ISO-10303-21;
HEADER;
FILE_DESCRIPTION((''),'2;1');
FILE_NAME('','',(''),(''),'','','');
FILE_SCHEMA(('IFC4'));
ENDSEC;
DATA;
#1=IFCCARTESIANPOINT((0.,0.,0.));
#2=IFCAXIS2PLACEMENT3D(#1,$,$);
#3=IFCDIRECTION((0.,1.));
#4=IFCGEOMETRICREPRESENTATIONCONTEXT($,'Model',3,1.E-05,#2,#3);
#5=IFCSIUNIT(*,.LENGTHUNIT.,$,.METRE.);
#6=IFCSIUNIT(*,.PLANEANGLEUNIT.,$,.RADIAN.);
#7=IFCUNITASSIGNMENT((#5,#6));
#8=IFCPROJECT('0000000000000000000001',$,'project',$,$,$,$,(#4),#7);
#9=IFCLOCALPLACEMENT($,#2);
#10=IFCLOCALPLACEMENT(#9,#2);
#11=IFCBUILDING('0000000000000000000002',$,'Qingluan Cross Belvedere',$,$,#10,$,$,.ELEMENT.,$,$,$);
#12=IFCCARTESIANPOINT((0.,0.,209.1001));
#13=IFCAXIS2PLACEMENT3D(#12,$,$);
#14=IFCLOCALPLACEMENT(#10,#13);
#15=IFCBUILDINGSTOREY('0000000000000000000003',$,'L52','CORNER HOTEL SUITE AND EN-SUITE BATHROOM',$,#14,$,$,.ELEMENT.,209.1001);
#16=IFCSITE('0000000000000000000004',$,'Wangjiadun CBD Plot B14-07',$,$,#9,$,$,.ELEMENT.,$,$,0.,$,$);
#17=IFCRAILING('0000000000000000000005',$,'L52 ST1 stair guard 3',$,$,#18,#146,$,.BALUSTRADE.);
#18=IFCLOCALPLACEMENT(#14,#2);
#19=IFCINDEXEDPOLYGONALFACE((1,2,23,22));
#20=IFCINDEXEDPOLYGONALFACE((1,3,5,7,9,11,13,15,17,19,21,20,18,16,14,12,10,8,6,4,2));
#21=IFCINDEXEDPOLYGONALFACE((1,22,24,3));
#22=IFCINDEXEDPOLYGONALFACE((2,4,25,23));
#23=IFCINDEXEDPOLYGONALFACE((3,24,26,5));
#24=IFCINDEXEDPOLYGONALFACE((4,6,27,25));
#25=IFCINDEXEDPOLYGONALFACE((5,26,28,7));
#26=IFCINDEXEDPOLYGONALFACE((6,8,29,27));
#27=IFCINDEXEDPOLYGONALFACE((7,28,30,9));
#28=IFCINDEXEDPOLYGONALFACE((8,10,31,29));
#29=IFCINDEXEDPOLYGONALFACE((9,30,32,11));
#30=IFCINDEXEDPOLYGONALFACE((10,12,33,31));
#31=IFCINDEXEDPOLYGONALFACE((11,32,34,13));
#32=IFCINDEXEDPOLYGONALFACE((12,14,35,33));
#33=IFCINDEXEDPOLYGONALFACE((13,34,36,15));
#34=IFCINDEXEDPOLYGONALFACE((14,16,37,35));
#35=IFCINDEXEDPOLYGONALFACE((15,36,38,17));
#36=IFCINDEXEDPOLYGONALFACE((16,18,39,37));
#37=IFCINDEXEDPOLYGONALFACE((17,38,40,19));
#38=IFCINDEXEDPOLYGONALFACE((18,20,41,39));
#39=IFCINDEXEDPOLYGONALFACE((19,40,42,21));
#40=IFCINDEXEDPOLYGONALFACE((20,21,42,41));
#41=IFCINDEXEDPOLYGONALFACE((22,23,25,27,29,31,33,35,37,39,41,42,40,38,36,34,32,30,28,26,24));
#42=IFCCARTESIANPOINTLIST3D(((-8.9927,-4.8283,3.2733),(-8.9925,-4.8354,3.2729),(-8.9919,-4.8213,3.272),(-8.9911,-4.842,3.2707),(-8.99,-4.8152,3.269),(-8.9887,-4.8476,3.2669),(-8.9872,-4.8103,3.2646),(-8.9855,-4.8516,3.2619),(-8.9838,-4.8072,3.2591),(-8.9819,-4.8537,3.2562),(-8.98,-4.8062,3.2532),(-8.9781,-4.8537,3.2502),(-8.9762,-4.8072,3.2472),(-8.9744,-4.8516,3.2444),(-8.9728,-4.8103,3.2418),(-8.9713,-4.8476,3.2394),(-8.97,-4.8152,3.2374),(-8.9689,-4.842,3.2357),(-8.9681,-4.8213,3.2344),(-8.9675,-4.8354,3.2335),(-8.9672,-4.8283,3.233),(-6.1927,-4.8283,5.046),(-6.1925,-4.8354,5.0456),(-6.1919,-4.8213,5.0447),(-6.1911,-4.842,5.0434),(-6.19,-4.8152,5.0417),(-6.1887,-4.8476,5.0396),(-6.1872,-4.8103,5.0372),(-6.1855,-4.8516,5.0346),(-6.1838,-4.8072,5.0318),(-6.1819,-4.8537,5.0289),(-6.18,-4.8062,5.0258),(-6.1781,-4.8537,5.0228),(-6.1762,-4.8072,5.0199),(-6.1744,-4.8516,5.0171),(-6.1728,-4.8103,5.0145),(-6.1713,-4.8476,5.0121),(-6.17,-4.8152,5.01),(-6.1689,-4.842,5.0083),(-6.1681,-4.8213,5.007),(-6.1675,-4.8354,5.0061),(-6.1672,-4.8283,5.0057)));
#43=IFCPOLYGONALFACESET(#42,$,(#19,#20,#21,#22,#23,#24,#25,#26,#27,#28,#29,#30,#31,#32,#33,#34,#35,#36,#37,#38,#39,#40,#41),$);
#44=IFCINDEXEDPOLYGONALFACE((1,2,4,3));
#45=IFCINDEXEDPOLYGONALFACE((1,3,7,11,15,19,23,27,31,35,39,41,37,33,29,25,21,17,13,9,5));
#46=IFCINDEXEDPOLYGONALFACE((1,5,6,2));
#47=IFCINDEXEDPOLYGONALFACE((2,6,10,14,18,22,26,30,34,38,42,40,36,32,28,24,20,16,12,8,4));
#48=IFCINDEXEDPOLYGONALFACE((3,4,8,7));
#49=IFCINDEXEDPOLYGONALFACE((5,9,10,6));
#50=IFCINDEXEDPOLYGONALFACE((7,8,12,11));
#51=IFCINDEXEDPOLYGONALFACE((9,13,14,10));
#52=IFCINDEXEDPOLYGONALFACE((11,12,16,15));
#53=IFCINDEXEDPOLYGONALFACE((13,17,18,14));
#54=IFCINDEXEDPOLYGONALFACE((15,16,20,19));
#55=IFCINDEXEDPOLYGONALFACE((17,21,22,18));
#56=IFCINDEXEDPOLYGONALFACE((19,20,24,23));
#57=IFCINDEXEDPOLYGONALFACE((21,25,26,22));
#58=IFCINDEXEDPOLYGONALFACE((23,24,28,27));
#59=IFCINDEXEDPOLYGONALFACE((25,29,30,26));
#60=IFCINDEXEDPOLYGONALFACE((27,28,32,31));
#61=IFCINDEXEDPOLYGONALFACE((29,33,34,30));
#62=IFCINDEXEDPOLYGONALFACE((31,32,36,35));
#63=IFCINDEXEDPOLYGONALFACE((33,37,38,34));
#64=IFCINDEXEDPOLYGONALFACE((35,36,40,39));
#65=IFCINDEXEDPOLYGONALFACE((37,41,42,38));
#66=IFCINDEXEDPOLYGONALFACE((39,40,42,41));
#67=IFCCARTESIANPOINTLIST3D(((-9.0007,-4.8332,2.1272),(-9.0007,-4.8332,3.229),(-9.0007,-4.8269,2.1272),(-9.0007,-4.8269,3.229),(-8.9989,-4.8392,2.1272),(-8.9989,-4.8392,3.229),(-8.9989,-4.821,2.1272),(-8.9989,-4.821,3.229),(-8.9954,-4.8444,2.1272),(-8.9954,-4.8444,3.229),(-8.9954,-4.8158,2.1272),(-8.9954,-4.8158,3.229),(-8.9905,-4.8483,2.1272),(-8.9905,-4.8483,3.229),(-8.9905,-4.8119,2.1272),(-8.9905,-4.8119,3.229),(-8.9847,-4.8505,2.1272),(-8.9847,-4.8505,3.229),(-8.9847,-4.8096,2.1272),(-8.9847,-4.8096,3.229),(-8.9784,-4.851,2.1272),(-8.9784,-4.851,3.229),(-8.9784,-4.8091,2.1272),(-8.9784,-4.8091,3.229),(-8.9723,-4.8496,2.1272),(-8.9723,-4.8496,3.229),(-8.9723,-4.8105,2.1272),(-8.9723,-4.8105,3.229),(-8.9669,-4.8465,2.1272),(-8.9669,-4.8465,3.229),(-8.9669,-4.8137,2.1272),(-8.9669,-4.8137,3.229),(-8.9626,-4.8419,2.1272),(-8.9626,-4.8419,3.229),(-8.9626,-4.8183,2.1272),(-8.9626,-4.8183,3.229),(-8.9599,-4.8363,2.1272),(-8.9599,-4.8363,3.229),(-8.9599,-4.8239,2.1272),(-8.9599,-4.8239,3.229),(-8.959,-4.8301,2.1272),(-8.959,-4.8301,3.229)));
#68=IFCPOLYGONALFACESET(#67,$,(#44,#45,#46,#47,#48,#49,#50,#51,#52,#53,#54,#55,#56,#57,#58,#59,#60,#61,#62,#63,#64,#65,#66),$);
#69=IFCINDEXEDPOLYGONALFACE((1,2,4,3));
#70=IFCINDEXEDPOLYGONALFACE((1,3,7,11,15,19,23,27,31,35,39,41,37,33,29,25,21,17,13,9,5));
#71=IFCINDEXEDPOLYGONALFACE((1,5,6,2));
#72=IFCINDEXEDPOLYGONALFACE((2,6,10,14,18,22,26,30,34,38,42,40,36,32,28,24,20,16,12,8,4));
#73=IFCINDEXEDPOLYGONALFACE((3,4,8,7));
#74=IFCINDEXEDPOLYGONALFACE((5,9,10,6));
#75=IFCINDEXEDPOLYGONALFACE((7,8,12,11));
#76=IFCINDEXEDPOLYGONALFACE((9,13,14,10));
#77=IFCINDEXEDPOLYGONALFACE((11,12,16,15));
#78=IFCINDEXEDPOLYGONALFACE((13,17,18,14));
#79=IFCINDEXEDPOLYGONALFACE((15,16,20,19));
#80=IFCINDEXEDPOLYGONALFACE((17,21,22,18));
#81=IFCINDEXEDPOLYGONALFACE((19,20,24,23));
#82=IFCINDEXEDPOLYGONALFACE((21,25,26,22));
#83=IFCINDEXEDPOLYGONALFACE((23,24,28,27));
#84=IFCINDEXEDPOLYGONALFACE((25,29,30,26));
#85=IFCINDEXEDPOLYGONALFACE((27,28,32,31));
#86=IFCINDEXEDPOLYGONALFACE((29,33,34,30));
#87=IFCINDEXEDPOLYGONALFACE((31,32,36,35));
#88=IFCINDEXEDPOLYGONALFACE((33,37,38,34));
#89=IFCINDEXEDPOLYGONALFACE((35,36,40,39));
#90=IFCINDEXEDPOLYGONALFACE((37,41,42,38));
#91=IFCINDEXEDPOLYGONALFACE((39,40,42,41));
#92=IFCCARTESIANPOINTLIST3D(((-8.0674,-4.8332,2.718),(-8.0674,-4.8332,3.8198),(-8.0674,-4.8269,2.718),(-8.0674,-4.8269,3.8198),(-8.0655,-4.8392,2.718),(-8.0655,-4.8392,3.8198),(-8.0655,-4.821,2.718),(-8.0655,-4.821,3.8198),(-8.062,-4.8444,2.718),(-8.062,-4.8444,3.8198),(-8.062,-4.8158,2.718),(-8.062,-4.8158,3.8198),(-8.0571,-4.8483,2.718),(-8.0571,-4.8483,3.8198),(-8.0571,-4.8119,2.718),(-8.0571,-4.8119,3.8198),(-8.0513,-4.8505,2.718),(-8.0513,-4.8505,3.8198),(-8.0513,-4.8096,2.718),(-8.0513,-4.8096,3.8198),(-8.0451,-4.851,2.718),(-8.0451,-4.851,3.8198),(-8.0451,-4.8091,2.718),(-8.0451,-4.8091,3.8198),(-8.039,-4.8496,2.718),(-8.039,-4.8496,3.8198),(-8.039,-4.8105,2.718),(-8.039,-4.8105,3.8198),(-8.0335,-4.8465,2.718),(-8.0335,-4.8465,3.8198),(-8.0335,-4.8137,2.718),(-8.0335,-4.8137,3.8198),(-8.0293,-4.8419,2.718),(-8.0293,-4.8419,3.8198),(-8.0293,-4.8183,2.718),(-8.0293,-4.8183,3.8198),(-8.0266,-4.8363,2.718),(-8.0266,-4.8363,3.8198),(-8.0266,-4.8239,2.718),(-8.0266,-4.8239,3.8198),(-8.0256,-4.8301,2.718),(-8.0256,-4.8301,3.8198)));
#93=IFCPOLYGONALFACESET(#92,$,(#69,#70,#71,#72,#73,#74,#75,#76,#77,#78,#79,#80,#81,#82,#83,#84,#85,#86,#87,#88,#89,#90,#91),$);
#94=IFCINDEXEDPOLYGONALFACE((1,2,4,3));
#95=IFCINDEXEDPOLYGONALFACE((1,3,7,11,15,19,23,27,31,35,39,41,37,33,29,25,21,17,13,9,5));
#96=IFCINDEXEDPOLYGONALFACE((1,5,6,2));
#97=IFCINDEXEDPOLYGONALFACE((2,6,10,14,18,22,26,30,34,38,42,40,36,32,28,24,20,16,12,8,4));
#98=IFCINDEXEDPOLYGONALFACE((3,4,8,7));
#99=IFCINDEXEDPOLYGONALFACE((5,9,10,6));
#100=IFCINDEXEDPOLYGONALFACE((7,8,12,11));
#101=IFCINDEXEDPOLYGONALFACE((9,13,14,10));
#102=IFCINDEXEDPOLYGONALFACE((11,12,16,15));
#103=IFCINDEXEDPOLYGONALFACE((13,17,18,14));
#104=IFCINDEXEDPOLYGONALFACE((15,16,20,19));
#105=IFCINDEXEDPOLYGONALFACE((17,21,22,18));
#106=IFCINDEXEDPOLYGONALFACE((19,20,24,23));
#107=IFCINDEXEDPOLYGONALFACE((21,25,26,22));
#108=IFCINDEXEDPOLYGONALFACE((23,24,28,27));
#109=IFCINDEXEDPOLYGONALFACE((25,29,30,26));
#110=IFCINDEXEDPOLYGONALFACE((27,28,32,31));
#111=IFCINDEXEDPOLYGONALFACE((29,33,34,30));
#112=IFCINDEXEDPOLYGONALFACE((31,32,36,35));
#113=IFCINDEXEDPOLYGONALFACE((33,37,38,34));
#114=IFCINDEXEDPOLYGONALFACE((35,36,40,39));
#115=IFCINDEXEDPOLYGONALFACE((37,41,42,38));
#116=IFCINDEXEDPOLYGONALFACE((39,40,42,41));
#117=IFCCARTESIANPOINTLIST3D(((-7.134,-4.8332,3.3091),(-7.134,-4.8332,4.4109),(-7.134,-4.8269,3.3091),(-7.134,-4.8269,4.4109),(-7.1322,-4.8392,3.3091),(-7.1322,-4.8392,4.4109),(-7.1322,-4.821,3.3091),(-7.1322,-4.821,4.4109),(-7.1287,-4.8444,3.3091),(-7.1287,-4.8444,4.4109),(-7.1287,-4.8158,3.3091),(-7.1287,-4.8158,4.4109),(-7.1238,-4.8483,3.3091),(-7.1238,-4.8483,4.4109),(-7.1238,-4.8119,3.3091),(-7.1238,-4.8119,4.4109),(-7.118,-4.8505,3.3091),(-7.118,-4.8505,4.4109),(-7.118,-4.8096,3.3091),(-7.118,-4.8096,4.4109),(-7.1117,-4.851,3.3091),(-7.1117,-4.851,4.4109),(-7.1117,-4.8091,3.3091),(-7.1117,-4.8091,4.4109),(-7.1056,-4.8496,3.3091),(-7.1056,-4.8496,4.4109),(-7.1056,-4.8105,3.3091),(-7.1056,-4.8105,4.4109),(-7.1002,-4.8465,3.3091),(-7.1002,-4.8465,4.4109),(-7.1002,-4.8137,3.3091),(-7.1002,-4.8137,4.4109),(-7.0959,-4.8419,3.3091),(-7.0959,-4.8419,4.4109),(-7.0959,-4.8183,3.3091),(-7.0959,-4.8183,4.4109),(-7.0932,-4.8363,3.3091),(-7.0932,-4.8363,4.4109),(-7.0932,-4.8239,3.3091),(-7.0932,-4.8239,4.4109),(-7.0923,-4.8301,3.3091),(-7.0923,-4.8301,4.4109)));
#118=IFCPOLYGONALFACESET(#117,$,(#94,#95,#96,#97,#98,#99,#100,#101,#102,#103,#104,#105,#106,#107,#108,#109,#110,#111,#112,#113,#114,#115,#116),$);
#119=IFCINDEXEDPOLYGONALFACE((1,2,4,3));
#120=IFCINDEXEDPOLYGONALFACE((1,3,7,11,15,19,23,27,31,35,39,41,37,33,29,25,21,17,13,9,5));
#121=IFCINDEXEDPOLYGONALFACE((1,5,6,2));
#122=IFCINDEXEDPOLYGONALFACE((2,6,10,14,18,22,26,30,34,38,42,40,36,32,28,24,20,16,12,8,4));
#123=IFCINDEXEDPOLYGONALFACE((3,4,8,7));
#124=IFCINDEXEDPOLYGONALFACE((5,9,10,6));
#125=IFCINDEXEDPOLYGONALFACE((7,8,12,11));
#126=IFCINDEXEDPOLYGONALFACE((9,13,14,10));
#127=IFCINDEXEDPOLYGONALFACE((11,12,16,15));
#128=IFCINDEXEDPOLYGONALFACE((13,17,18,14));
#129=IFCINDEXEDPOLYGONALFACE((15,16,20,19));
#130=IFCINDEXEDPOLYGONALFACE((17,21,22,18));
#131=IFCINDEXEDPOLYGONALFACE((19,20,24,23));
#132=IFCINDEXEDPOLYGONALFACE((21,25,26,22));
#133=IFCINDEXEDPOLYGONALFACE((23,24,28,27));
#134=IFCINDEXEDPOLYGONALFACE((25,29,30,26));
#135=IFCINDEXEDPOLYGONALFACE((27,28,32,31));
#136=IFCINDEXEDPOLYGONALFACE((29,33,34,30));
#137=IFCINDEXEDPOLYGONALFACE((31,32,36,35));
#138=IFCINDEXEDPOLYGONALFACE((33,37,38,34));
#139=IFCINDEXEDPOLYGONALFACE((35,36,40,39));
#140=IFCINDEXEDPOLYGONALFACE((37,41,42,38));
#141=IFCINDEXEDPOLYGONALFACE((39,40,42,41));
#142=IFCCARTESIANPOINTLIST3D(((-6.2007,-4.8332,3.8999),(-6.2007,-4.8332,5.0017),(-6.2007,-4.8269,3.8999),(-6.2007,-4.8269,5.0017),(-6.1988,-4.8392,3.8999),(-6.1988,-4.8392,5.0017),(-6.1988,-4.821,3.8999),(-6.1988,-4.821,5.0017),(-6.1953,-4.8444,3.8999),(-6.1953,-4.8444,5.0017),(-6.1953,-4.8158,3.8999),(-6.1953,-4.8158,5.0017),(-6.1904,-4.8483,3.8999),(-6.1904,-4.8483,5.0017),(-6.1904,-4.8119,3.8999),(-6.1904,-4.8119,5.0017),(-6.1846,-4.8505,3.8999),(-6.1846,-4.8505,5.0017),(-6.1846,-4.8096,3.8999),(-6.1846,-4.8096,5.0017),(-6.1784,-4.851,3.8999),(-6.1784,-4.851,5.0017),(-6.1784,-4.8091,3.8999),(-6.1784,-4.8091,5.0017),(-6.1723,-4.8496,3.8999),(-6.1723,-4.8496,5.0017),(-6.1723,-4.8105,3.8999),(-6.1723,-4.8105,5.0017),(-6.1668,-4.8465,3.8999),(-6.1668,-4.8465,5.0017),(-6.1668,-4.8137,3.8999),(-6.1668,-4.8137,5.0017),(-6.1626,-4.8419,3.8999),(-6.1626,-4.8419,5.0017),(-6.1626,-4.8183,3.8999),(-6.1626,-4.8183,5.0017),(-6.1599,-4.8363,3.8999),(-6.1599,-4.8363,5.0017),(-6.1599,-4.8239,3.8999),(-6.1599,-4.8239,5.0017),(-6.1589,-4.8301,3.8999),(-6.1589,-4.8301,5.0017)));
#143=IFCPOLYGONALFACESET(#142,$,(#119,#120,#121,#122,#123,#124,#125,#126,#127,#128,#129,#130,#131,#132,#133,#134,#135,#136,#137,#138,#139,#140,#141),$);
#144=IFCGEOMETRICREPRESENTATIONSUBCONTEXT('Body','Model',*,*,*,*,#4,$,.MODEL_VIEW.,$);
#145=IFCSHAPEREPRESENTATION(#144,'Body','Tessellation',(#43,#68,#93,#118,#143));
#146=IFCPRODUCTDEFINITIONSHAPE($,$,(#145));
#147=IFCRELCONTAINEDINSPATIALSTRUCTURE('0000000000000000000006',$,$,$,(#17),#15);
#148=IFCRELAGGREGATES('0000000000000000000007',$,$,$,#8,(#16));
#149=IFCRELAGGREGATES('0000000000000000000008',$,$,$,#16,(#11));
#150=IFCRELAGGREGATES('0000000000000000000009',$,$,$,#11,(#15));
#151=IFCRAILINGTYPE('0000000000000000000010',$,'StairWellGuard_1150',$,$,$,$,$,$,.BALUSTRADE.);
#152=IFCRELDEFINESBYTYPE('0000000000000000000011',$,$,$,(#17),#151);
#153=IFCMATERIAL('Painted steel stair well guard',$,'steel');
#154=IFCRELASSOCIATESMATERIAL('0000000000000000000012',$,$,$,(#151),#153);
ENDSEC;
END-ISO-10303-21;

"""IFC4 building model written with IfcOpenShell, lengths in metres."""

from ifc_helpers import new_model, si_unit, direction, frame, origin, origin_2d, place, context, subcontext, project, spatial, circle, extrude, material, type_object, element, save


model = new_model("IFC4")

# Units and contexts
model_context = context("Model", 3, precision=1e-05, world=origin(), true_north=direction((0.0, 1.0)))
body_context = subcontext(model_context, "Body", "Model", "MODEL_VIEW")
ifc_project = project(units=[si_unit("LENGTHUNIT", "METRE"), si_unit("PLANEANGLEUNIT", "RADIAN")], contexts=[model_context])

# Site, building, storey
site_placement = place(None, origin())
site = spatial("IfcSite", under=ifc_project, at=site_placement, Name="Wangjiadun CBD Plot B14-07", CompositionType="ELEMENT", RefElevation=0.0)
building_placement = place(site_placement, origin())
building = spatial("IfcBuilding", under=site, at=building_placement, Name="Qingluan Cross Belvedere", CompositionType="ELEMENT")
storey_placement = place(building_placement, frame((0.0, 0.0, 209.1001)))
storey = spatial("IfcBuildingStorey", under=building, at=storey_placement, Name="L52", Description="CORNER HOTEL SUITE AND EN-SUITE BATHROOM", CompositionType="ELEMENT", Elevation=209.1001)

# Railing
ifc_material_1 = material(Name="Painted steel stair well guard", Category="steel")
railing_type_1 = type_object("IfcRailingType", Name="StairWellGuard_1150", PredefinedType="BALUSTRADE", material=ifc_material_1)
railing_1_placement = place(storey_placement, frame((-8.98, -4.8301, 2.1272)))
element("IfcRailing", 1, at=railing_1_placement, inside=storey, type_object=railing_type_1, Name="L52 ST1 stair guard 3", PredefinedType="BALUSTRADE", context=body_context, shape_type="SweptSolid", body=[
    extrude(circle(Radius=0.0239, at=origin_2d()), frame((0.0, 0.0, 1.126), z_axis=(0.844909, 0.0, 0.53491), x_axis=(0.0, 1.0, 0.0)), (0.0, 0.0, 1.0), 3.314),
    extrude(circle(Radius=0.021, at=origin_2d()), origin(), (0.0, 0.0, 1.0), 1.1018),
    extrude(circle(Radius=0.021, at=origin_2d()), frame((0.9333, 0.0, 0.5908)), (0.0, 0.0, 1.0), 1.1018),
    extrude(circle(Radius=0.021, at=origin_2d()), frame((1.8667, 0.0, 1.1819)), (0.0, 0.0, 1.0), 1.1018),
    extrude(circle(Radius=0.021, at=origin_2d()), frame((2.8, 0.0, 1.7727)), (0.0, 0.0, 1.0), 1.1018),
])

save(model, "model.ifc")
